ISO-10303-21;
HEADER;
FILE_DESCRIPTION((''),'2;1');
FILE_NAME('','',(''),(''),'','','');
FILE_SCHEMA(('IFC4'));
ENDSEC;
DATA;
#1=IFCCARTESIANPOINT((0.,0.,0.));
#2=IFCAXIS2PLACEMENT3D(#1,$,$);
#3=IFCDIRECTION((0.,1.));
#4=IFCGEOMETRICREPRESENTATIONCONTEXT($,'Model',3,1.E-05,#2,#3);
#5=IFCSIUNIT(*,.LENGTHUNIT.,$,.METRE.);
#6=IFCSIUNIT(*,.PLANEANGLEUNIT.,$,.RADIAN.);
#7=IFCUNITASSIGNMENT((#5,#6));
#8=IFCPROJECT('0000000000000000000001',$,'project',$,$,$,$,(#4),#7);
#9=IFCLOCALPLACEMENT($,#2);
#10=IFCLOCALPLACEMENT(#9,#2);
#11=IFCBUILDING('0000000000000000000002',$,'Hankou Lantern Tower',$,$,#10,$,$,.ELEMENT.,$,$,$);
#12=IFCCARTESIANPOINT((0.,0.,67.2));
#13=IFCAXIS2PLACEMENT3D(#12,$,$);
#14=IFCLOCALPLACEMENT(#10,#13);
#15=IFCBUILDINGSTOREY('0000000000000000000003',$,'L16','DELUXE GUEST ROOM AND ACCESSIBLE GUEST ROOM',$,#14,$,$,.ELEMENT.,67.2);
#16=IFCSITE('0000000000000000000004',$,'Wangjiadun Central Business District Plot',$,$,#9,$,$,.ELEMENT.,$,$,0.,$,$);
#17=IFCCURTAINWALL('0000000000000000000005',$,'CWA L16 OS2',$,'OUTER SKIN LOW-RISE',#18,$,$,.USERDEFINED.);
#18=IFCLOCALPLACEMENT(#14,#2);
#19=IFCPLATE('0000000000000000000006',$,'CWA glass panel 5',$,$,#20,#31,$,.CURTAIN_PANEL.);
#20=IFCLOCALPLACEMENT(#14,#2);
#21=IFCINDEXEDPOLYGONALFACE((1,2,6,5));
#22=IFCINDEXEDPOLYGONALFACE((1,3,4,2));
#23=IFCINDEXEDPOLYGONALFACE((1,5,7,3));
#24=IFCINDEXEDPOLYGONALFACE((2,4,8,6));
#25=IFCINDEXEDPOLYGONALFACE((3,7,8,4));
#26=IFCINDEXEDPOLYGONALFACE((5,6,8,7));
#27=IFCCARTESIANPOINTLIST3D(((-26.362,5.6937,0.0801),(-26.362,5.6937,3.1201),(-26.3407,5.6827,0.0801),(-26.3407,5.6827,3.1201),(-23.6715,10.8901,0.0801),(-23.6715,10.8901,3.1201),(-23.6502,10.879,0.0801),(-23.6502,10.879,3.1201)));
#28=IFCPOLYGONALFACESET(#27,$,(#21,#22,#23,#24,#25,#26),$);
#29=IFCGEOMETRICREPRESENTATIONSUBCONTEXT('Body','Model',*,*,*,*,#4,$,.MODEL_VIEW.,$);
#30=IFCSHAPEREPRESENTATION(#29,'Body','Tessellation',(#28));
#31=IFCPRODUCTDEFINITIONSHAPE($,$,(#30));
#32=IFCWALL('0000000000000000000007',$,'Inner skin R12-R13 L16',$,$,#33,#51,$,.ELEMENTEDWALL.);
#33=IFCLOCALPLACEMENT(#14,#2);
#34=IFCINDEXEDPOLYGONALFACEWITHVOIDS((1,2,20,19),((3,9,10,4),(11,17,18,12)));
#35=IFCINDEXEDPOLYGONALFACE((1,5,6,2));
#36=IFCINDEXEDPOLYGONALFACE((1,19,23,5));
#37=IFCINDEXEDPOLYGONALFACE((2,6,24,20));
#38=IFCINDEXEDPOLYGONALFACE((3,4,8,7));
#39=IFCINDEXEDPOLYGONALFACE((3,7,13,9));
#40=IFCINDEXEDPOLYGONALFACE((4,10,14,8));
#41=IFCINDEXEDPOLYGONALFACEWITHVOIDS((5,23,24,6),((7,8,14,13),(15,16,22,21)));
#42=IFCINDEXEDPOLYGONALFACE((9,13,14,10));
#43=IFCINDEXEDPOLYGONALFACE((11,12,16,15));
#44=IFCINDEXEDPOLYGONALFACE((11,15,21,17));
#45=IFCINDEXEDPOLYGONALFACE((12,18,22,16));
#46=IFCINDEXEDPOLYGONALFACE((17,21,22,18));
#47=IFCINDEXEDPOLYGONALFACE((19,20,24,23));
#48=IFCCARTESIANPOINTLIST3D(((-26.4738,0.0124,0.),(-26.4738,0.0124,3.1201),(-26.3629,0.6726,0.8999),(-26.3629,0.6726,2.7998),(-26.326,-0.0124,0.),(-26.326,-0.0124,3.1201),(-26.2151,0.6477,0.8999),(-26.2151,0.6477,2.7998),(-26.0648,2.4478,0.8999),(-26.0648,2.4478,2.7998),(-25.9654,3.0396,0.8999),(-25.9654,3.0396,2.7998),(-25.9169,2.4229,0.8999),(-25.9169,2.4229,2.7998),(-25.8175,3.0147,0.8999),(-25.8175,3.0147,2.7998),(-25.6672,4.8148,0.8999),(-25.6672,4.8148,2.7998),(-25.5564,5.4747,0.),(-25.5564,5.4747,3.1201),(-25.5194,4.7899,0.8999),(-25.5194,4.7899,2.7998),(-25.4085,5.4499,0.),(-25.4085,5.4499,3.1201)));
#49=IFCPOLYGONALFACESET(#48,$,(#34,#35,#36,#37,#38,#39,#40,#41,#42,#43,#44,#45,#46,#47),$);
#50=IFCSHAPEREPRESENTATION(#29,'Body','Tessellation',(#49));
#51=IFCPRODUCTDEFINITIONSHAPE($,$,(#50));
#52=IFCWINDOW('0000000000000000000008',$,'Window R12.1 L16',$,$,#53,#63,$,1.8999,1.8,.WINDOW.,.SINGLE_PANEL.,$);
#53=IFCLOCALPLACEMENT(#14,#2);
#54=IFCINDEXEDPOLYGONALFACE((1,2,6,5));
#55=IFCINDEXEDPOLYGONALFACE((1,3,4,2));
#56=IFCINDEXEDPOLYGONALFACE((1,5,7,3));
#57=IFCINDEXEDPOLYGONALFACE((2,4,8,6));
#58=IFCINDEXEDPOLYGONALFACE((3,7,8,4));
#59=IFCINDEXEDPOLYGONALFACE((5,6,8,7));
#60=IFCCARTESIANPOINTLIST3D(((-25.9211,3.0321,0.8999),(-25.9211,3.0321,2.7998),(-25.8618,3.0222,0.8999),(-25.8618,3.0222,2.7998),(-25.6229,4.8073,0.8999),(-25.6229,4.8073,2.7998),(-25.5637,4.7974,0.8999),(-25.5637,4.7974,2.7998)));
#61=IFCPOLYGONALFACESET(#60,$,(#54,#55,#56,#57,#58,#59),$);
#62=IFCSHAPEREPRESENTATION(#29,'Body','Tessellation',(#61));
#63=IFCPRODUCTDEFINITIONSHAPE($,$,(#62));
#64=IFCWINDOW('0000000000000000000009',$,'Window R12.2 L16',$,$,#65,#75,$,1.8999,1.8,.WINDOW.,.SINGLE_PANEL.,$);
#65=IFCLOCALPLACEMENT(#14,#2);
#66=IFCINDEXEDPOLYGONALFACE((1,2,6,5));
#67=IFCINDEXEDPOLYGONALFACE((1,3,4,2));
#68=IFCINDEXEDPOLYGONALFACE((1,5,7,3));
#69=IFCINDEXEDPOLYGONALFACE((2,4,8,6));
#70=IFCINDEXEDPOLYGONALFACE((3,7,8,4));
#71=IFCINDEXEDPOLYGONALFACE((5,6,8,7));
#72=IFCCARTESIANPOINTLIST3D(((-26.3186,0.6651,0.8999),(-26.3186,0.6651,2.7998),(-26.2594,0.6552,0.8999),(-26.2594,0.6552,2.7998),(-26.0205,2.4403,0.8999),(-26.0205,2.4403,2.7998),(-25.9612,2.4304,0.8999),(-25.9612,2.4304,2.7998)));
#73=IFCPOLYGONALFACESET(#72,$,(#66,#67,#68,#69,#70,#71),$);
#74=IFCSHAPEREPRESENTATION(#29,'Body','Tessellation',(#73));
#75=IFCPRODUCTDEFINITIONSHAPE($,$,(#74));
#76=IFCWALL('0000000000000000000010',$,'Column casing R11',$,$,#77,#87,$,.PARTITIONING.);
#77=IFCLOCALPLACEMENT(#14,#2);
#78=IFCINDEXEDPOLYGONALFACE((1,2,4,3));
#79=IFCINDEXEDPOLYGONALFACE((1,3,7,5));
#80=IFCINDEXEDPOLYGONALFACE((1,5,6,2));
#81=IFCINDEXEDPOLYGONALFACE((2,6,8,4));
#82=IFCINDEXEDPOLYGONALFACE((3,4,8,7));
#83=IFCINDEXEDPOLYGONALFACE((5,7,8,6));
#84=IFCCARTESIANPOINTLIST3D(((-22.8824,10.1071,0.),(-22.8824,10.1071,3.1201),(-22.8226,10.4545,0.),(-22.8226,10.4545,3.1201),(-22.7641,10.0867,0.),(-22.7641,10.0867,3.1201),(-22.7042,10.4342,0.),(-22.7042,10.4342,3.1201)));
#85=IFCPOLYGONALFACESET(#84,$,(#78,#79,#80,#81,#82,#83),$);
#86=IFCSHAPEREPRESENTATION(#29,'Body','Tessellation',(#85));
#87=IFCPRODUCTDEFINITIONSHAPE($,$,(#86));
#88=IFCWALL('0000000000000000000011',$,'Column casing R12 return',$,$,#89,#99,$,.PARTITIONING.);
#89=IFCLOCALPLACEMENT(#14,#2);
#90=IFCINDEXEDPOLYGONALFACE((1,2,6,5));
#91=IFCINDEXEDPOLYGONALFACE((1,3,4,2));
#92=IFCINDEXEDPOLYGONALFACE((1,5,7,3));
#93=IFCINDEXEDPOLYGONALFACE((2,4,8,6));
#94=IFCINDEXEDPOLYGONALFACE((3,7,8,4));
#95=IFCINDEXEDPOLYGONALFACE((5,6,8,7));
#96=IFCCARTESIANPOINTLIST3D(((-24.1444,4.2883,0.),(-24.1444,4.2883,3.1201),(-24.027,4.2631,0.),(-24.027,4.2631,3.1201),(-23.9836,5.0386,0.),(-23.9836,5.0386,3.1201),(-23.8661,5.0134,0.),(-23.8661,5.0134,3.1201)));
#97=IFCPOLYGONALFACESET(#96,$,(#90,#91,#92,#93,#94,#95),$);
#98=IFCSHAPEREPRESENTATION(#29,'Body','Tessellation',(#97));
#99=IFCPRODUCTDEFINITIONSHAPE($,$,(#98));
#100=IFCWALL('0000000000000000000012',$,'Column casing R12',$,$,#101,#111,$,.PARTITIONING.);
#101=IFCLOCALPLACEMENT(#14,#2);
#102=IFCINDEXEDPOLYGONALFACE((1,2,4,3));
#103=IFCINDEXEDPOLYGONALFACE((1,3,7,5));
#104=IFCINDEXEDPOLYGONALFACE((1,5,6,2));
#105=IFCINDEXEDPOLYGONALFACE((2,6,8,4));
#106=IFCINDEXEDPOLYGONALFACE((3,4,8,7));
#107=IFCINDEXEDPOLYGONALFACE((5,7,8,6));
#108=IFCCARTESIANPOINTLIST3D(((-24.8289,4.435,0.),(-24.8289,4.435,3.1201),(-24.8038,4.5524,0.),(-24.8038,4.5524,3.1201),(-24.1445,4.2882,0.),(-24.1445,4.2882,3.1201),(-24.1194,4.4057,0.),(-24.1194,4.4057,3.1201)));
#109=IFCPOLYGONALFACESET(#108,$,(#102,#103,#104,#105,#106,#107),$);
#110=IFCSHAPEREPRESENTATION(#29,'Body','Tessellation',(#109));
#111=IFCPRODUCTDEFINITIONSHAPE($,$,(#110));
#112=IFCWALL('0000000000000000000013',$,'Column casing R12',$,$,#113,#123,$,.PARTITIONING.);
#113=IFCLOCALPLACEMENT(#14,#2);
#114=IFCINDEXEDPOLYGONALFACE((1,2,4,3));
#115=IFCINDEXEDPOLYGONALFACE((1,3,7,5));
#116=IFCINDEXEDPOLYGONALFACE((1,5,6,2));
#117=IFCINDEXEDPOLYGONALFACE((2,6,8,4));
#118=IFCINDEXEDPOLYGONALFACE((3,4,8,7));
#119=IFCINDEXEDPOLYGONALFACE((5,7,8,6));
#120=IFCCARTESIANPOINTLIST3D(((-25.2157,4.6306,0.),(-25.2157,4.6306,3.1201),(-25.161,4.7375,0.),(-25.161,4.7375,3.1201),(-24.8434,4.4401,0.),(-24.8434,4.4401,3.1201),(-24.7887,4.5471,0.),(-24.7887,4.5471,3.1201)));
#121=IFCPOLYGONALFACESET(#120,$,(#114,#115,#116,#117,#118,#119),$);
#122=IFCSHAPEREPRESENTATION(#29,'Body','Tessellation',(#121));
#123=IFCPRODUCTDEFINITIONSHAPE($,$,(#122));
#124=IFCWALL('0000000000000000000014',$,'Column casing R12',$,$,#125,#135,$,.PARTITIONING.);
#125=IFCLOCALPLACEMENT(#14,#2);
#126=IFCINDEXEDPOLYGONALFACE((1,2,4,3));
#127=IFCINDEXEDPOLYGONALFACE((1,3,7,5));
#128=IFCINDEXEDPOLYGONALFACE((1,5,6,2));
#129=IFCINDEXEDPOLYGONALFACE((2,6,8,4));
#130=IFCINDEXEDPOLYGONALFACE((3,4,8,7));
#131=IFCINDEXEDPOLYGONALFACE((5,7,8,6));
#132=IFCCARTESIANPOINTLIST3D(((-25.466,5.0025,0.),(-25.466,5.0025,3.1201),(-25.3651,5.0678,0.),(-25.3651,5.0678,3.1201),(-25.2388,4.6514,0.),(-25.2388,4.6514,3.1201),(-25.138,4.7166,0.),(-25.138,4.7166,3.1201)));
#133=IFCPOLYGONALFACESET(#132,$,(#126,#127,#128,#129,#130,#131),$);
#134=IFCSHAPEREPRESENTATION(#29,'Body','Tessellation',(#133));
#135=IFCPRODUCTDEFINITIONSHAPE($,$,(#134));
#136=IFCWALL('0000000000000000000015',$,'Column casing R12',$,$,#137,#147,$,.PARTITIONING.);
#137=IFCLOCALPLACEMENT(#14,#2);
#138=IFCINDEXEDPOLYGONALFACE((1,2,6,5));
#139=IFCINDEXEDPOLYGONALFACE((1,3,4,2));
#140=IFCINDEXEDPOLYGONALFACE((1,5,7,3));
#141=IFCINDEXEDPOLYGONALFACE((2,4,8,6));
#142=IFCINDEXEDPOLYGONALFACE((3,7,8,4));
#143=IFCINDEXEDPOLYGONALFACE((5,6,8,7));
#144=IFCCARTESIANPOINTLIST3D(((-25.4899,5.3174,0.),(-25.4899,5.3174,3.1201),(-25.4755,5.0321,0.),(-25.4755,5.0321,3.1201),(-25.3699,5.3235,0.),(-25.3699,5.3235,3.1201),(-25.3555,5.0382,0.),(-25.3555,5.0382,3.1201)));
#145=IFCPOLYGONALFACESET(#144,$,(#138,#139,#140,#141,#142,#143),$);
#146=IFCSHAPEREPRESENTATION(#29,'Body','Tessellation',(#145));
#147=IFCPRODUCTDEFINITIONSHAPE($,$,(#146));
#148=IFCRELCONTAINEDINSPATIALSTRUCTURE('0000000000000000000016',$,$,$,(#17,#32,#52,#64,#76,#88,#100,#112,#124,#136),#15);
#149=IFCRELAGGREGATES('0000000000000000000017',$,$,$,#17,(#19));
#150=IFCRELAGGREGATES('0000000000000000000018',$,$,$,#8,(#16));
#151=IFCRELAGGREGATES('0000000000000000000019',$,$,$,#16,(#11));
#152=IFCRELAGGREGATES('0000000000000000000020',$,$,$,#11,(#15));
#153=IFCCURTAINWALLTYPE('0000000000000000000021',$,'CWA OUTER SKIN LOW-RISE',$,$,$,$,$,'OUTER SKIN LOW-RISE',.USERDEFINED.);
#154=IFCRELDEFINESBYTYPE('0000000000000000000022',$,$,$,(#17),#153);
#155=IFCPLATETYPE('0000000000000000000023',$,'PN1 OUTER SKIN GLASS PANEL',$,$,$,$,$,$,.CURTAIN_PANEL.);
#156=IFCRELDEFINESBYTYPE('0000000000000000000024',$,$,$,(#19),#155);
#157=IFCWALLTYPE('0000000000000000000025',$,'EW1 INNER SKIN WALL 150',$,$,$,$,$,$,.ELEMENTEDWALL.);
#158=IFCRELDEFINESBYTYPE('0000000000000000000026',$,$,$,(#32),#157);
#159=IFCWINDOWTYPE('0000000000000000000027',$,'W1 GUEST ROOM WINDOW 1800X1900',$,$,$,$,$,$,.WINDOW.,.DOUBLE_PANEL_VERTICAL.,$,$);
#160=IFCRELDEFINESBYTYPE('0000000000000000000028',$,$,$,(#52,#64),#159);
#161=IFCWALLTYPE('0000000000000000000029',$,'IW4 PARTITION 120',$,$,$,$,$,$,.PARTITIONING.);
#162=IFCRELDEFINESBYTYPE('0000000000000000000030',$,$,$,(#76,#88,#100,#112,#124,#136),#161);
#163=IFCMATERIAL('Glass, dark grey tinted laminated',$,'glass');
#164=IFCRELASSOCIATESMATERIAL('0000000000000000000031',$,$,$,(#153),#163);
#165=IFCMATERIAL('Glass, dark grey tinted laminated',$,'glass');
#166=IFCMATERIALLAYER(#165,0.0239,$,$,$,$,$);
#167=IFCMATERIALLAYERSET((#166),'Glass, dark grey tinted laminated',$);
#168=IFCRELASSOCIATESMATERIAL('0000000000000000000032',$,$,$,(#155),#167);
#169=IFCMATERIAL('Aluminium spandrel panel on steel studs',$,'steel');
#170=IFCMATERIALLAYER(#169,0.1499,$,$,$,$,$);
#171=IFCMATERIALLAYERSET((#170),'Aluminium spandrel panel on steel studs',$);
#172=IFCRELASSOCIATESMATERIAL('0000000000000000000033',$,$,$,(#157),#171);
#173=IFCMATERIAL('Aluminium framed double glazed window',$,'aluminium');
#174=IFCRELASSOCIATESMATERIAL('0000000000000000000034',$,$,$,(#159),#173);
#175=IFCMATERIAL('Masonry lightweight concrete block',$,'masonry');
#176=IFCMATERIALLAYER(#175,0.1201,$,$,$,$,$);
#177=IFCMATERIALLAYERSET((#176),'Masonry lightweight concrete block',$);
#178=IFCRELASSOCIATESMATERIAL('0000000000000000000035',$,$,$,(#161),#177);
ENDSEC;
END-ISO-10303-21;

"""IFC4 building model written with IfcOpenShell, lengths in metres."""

from ifc_helpers import new_model, si_unit, direction, frame, frame_2d, origin, origin_2d, place, context, subcontext, project, spatial, rectangle, extrude, material, layer, layer_set, type_object, element, fill, aggregate, save


model = new_model("IFC4")

# Units and contexts
model_context = context("Model", 3, precision=1e-05, world=origin(), true_north=direction((0.0, 1.0)))
body_context = subcontext(model_context, "Body", "Model", "MODEL_VIEW")
ifc_project = project(units=[si_unit("LENGTHUNIT", "METRE"), si_unit("PLANEANGLEUNIT", "RADIAN")], contexts=[model_context])

# Site, building, storey
site_placement = place(None, origin())
site = spatial("IfcSite", under=ifc_project, at=site_placement, Name="Wangjiadun Central Business District Plot", CompositionType="ELEMENT", RefElevation=0.0)
building_placement = place(site_placement, origin())
building = spatial("IfcBuilding", under=site, at=building_placement, Name="Hankou Lantern Tower", CompositionType="ELEMENT")
storey_placement = place(building_placement, frame((0.0, 0.0, 67.2)))
storey = spatial("IfcBuildingStorey", under=building, at=storey_placement, Name="L16", Description="DELUXE GUEST ROOM AND ACCESSIBLE GUEST ROOM", CompositionType="ELEMENT", Elevation=67.2)

# Curtain wall
ifc_material_1 = material(Name="Glass, dark grey tinted laminated", Category="glass")
curtain_wall_type = type_object("IfcCurtainWallType", Name="CWA OUTER SKIN LOW-RISE", ElementType="OUTER SKIN LOW-RISE", PredefinedType="USERDEFINED", material=ifc_material_1)
curtain_wall_placement = place(storey_placement, origin())
curtain_wall = element("IfcCurtainWall", 1, at=curtain_wall_placement, inside=storey, type_object=curtain_wall_type, Name="CWA L16 OS2", ObjectType="OUTER SKIN LOW-RISE", PredefinedType="USERDEFINED")

# Plate
ifc_material_2 = material(Name="Glass, dark grey tinted laminated", Category="glass")
ifc_layer_1 = layer(ifc_material_2, 0.0239)
ifc_layer_set_1 = layer_set([ifc_layer_1], Name="Glass, dark grey tinted laminated")
plate_type = type_object("IfcPlateType", Name="PN1 OUTER SKIN GLASS PANEL", PredefinedType="CURTAIN_PANEL", material=ifc_layer_set_1)
plate_placement = place(storey_placement, frame((-25.0061, 8.2864, 0.0801), z_axis=(0.0, 0.0, 1.0), x_axis=(-0.459791, -0.888027, 0.0)))
plate = element("IfcPlate", 2, at=plate_placement, type_object=plate_type, Name="CWA glass panel 5", PredefinedType="CURTAIN_PANEL", context=body_context, shape_type="SweptSolid", body=[
    extrude(rectangle(XDim=5.8516, YDim=0.0239, at=origin_2d()), origin(), (0.0, 0.0, 1.0), 3.04),
])
aggregate(curtain_wall, [plate])

# Wall, openings, windows
ifc_material_3 = material(Name="Aluminium spandrel panel on steel studs", Category="steel")
ifc_layer_2 = layer(ifc_material_3, 0.1499)
ifc_layer_set_2 = layer_set([ifc_layer_2], Name="Aluminium spandrel panel on steel studs")
wall_type_1 = type_object("IfcWallType", Name="EW1 INNER SKIN WALL 150", PredefinedType="ELEMENTEDWALL", material=ifc_layer_set_2)
wall_1_placement = place(storey_placement, frame((-25.4824, 5.4624, 0.0), z_axis=(0.0, 0.0, 1.0), x_axis=(-0.165643, -0.986186, 0.0)))
wall_1 = element("IfcWall", 3, at=wall_1_placement, inside=storey, type_object=wall_type_1, Name="Inner skin R12-R13 L16", PredefinedType="ELEMENTEDWALL", context=body_context, shape_type="SweptSolid", body=[
    extrude(rectangle(XDim=5.5388, YDim=0.1499, at=frame_2d((2.7695, 0.0))), origin(), (0.0, 0.0, 1.0), 3.1201),
])
opening_1_placement = place(wall_1_placement, frame((0.6694, 0.0, 0.8999)))
opening_1 = element("IfcOpeningElement", 4, at=opening_1_placement, cuts=wall_1, PredefinedType="OPENING", context=body_context, shape_type="SweptSolid", body=[
    extrude(rectangle(XDim=1.8, YDim=1.8999, at=frame_2d((0.8999, 0.95))), frame((0.0, 0.085, 0.0), z_axis=(0.0, -1.0, 0.0), x_axis=(1.0, 0.0, 0.0)), (0.0, 0.0, 1.0), 0.1699),
])
opening_2_placement = place(wall_1_placement, frame((3.0696, 0.0, 0.8999)))
opening_2 = element("IfcOpeningElement", 5, at=opening_2_placement, cuts=wall_1, PredefinedType="OPENING", context=body_context, shape_type="SweptSolid", body=[
    extrude(rectangle(XDim=1.8, YDim=1.8999, at=frame_2d((0.8999, 0.95))), frame((0.0, 0.085, 0.0), z_axis=(0.0, -1.0, 0.0), x_axis=(1.0, 0.0, 0.0)), (0.0, 0.0, 1.0), 0.1699),
])
ifc_material_4 = material(Name="Aluminium framed double glazed window", Category="aluminium")
window_type = type_object("IfcWindowType", Name="W1 GUEST ROOM WINDOW 1800X1900", PartitioningType="DOUBLE_PANEL_VERTICAL", PredefinedType="WINDOW", material=ifc_material_4)
window_1_placement = place(opening_1_placement, origin())
window_1 = element("IfcWindow", 6, at=window_1_placement, inside=storey, type_object=window_type, Name="Window R12.1 L16", OverallHeight=1.8999, OverallWidth=1.8, PartitioningType="SINGLE_PANEL", PredefinedType="WINDOW", context=body_context, shape_type="SweptSolid", body=[
    extrude(rectangle(XDim=1.8, YDim=1.8999, at=frame_2d((0.8999, 0.95))), frame((0.0, 0.03, 0.0), z_axis=(0.0, -1.0, 0.0), x_axis=(1.0, 0.0, 0.0)), (0.0, 0.0, 1.0), 0.0601),
])
fill(opening_1, window_1)
window_2_placement = place(opening_2_placement, origin())
window_2 = element("IfcWindow", 7, at=window_2_placement, inside=storey, type_object=window_type, Name="Window R12.2 L16", OverallHeight=1.8999, OverallWidth=1.8, PartitioningType="SINGLE_PANEL", PredefinedType="WINDOW", context=body_context, shape_type="SweptSolid", body=[
    extrude(rectangle(XDim=1.8, YDim=1.8999, at=frame_2d((0.8999, 0.95))), frame((0.0, 0.03, 0.0), z_axis=(0.0, -1.0, 0.0), x_axis=(1.0, 0.0, 0.0)), (0.0, 0.0, 1.0), 0.0601),
])
fill(opening_2, window_2)

# Walls
ifc_material_5 = material(Name="Masonry lightweight concrete block", Category="masonry")
ifc_layer_3 = layer(ifc_material_5, 0.1201)
ifc_layer_set_3 = layer_set([ifc_layer_3], Name="Masonry lightweight concrete block")
wall_type_2 = type_object("IfcWallType", Name="IW4 PARTITION 120", PredefinedType="PARTITIONING", material=ifc_layer_set_3)
wall_2_placement = place(storey_placement, frame((-22.8232, 10.0969, 0.0), z_axis=(0.0, 0.0, 1.0), x_axis=(0.169675, 0.9855, 0.0)))
element("IfcWall", 8, at=wall_2_placement, inside=storey, type_object=wall_type_2, Name="Column casing R11", PredefinedType="PARTITIONING", context=body_context, shape_type="SweptSolid", body=[
    extrude(rectangle(XDim=0.3525, YDim=0.1201, at=frame_2d((0.1763, 0.0))), origin(), (0.0, 0.0, 1.0), 3.1201),
])
wall_3_placement = place(storey_placement, frame((-23.9248, 5.0261, 0.0), z_axis=(0.0, 0.0, 1.0), x_axis=(-0.209681, -0.97777, 0.0)))
element("IfcWall", 9, at=wall_3_placement, inside=storey, type_object=wall_type_2, Name="Column casing R12 return", PredefinedType="PARTITIONING", context=body_context, shape_type="SweptSolid", body=[
    extrude(rectangle(XDim=0.7673, YDim=0.1201, at=frame_2d((0.3838, 0.0))), origin(), (0.0, 0.0, 1.0), 3.1201),
])
wall_4_placement = place(storey_placement, frame((-24.1318, 4.3469, 0.0), z_axis=(0.0, 0.0, 1.0), x_axis=(-0.977777, 0.209648, 0.0)))
element("IfcWall", 10, at=wall_4_placement, inside=storey, type_object=wall_type_2, Name="Column casing R12", PredefinedType="PARTITIONING", context=body_context, shape_type="SweptSolid", body=[
    extrude(rectangle(XDim=0.7, YDim=0.1201, at=frame_2d((0.3501, 0.0))), origin(), (0.0, 0.0, 1.0), 3.1201),
])
for number, where, z_axis, x_axis, name in (
    (11, (-24.8162, 4.4937, 0.0), (0.0, 0.0, 1.0), (-0.890303, 0.455368, 0.0), "Column casing R12"),
    (12, (-25.1885, 4.6841, 0.0), (0.0, 0.0, 1.0), (-0.543058, 0.839695, 0.0), "Column casing R12"),
):
    element("IfcWall", number, at=place(storey_placement, frame(where, z_axis=z_axis, x_axis=x_axis)), inside=storey, type_object=wall_type_2, Name=name, PredefinedType="PARTITIONING", context=body_context, shape_type="SweptSolid", body=[
        extrude(rectangle(XDim=0.4182, YDim=0.1201, at=frame_2d((0.209, 0.0))), origin(), (0.0, 0.0, 1.0), 3.1201),
    ])
wall_5_placement = place(storey_placement, frame((-25.4155, 5.0352, 0.0), z_axis=(0.0, 0.0, 1.0), x_axis=(-0.050406, 0.998729, 0.0)))
element("IfcWall", 13, at=wall_5_placement, inside=storey, type_object=wall_type_2, Name="Column casing R12", PredefinedType="PARTITIONING", context=body_context, shape_type="SweptSolid", body=[
    extrude(rectangle(XDim=0.2856, YDim=0.1201, at=frame_2d((0.1428, 0.0))), origin(), (0.0, 0.0, 1.0), 3.1201),
])

save(model, "model.ifc")
